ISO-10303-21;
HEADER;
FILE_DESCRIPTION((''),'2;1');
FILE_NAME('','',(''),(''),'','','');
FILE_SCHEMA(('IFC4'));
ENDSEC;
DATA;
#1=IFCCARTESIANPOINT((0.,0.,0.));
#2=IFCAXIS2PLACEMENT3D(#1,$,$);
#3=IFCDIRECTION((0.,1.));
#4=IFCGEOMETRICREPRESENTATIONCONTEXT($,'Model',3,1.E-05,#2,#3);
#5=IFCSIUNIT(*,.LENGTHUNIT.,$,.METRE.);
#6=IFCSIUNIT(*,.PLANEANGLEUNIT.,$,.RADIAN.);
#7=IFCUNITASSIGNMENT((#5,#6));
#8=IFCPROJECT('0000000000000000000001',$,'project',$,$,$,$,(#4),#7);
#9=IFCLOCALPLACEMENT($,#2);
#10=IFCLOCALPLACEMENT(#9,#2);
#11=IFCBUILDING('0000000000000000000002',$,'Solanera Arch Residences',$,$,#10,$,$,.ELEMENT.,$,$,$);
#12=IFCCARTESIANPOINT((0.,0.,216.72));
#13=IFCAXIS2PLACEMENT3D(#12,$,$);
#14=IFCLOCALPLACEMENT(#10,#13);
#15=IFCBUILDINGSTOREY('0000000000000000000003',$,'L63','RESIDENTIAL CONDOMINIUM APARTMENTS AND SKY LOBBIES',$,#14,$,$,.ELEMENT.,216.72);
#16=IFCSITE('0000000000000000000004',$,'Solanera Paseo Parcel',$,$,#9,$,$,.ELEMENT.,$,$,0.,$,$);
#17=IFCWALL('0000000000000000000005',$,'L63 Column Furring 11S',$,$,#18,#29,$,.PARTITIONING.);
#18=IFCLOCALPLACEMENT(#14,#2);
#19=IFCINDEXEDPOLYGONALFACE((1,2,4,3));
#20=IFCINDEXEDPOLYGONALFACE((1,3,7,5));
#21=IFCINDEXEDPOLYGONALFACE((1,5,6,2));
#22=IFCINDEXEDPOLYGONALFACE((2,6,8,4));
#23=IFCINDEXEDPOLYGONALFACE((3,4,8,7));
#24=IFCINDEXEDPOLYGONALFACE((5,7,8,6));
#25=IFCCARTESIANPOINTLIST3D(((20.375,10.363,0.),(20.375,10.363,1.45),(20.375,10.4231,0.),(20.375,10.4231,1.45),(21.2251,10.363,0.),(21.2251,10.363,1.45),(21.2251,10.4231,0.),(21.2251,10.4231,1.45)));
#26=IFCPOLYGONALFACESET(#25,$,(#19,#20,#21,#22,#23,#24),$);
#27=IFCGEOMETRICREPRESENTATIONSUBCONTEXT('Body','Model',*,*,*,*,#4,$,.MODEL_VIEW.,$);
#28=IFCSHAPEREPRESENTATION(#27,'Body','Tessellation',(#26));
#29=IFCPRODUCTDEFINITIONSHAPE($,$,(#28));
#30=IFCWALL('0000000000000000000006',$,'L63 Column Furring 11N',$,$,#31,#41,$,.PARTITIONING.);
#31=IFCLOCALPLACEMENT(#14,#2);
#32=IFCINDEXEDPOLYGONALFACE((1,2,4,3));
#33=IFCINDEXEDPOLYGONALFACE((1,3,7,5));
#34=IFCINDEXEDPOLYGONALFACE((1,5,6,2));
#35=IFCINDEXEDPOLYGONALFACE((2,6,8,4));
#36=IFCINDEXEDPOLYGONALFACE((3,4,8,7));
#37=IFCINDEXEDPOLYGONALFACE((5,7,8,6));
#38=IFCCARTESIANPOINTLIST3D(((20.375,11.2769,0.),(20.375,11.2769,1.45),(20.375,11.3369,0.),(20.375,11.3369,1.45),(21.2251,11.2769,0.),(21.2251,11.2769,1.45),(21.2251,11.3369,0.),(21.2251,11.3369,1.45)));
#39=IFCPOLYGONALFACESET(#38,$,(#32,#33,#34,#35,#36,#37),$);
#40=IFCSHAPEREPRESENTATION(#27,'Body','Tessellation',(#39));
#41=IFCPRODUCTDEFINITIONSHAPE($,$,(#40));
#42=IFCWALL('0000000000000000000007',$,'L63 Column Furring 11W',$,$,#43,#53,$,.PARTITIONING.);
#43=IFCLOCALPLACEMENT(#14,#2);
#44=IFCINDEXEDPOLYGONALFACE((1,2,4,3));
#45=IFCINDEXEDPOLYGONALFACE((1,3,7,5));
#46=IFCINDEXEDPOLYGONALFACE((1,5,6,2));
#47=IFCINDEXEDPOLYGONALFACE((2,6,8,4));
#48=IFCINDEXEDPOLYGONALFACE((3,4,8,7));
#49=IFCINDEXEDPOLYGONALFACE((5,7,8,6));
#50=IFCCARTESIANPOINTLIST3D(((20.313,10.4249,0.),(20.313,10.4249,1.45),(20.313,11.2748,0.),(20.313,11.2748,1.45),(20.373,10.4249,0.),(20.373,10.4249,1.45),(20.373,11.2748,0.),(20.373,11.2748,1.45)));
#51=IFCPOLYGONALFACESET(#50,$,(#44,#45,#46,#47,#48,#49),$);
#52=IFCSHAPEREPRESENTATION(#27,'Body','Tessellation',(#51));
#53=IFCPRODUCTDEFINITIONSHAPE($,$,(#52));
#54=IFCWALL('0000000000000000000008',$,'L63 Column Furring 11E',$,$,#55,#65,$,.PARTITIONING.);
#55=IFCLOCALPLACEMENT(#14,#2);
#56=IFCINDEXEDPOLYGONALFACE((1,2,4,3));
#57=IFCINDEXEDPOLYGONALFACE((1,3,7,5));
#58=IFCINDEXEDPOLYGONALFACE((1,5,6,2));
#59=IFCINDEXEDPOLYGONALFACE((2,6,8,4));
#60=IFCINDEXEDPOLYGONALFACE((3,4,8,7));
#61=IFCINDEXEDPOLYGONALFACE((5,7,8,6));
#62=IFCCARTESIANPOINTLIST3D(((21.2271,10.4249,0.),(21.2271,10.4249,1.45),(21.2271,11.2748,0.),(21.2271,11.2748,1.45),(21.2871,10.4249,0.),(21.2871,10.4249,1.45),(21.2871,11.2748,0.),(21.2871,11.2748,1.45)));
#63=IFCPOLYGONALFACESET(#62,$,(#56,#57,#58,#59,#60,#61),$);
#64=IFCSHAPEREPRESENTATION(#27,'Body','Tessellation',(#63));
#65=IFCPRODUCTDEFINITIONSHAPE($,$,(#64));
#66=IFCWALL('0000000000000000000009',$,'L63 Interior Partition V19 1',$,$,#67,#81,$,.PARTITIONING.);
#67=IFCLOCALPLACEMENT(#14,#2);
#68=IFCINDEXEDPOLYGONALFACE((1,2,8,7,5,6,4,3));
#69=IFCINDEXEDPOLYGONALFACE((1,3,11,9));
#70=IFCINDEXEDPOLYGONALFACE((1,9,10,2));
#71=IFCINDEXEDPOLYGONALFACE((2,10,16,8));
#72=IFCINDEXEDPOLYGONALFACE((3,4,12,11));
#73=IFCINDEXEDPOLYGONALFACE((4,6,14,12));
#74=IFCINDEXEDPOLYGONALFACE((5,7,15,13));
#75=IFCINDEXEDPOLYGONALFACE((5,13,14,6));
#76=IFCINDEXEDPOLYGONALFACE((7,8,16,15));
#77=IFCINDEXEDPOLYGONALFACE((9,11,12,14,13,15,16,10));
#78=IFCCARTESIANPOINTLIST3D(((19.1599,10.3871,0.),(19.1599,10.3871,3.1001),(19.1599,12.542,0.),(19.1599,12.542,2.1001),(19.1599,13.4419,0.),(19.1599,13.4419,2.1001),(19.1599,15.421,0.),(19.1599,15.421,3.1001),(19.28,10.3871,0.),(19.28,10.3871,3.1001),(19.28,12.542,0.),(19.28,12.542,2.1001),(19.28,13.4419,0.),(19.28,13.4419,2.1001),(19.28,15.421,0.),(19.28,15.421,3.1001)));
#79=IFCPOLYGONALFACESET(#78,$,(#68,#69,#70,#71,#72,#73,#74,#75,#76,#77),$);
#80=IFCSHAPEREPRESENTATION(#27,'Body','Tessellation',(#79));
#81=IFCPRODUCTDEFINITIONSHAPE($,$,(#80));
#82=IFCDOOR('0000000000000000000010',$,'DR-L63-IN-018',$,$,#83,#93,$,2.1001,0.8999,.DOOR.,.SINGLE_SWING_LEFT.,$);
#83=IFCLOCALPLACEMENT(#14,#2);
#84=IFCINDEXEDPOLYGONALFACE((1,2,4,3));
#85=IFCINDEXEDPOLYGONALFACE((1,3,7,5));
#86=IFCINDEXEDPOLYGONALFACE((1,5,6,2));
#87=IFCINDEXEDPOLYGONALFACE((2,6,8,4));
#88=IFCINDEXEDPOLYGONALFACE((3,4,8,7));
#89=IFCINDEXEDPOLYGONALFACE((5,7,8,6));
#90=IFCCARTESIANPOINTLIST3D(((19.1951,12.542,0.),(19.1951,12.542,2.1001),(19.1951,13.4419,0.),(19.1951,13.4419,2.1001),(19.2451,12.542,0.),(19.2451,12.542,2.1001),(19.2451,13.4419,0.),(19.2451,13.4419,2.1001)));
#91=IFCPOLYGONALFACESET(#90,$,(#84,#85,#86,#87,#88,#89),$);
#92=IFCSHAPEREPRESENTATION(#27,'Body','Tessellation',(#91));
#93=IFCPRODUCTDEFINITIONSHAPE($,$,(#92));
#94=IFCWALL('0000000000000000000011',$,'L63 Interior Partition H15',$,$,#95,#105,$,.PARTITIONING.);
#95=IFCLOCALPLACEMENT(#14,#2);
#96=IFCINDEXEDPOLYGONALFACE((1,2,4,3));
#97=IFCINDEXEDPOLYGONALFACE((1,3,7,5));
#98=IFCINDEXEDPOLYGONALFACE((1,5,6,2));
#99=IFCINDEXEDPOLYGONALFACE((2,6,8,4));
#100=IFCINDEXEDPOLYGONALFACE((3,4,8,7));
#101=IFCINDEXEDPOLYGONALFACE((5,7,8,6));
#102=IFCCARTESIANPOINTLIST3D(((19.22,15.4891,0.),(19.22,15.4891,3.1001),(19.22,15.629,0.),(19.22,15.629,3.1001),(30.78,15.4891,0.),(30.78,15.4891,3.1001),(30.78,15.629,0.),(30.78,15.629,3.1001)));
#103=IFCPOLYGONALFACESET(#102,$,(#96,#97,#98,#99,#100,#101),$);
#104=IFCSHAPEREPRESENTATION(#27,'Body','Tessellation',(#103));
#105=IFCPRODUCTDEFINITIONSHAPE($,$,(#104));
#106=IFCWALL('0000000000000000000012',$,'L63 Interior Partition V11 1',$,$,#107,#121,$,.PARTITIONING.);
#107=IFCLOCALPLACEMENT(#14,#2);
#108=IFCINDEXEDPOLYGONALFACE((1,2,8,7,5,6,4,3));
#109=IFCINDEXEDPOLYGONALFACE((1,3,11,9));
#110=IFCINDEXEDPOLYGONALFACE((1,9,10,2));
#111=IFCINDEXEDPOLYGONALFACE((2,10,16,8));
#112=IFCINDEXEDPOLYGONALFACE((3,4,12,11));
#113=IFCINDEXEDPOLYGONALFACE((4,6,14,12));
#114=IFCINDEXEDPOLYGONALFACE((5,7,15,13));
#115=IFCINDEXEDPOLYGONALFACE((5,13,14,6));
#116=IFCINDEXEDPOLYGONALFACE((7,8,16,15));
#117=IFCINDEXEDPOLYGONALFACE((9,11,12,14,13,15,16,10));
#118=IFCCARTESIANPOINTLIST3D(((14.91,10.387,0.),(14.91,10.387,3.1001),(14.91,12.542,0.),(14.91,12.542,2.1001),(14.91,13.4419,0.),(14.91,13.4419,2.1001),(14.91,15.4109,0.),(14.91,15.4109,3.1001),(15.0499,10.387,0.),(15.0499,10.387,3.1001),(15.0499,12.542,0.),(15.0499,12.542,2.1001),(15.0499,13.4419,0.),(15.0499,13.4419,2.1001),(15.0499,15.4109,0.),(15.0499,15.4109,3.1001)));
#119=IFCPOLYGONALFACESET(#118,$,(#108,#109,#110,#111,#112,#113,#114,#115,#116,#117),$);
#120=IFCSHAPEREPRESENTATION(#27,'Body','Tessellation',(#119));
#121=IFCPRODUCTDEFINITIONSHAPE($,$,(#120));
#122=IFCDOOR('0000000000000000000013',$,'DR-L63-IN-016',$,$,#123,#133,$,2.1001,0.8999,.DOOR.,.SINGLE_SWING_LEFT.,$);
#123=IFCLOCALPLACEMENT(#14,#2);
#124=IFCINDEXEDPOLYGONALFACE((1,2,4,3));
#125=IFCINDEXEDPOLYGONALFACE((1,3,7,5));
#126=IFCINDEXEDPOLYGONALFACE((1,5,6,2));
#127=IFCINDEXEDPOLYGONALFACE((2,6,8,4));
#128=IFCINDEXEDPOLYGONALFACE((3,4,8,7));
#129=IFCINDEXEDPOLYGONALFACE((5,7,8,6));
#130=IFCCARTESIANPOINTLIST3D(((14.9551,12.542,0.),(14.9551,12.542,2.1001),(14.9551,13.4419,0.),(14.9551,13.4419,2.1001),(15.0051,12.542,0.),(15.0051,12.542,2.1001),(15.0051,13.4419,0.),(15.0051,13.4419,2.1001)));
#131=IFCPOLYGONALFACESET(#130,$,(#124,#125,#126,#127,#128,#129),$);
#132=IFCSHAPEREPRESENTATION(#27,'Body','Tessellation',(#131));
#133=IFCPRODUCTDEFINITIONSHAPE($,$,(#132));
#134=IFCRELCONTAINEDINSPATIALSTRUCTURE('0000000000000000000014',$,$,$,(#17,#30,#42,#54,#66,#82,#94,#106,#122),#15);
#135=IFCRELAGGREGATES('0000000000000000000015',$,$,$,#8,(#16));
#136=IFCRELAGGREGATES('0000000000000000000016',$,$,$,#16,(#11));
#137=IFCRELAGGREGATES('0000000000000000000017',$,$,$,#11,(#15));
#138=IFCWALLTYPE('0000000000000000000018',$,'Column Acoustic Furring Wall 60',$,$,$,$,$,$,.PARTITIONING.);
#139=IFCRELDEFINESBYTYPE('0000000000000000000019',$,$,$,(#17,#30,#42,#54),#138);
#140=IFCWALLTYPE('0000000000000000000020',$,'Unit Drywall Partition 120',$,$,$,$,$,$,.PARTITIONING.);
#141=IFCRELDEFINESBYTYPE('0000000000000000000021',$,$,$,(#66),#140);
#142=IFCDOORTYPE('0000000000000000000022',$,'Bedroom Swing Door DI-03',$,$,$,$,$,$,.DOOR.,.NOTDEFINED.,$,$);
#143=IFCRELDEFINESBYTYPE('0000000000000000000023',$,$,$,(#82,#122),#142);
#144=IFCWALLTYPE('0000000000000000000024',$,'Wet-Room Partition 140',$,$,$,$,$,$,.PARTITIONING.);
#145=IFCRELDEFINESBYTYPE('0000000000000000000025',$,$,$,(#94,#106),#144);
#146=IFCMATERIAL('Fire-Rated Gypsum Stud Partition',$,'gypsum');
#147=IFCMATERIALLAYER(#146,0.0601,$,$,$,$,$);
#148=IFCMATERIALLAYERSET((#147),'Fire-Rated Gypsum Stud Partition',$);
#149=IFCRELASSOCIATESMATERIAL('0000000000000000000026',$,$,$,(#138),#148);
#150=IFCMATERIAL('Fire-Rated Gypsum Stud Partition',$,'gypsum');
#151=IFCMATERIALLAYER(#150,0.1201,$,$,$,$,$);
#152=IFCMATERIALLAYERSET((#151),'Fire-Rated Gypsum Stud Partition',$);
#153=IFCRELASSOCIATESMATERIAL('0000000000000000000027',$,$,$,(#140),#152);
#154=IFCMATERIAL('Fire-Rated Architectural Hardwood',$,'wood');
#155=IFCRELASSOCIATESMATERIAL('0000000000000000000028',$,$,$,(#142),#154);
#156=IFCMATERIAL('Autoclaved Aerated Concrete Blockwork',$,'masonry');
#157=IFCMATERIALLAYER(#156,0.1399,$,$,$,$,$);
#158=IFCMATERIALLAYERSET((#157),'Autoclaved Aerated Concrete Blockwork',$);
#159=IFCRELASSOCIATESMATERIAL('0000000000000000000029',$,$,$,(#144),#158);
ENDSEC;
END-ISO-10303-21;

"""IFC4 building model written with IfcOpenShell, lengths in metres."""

from ifc_helpers import new_model, si_unit, direction, frame, frame_2d, origin, place, context, subcontext, project, spatial, rectangle, extrude, material, layer, layer_set, type_object, element, fill, save


model = new_model("IFC4")

# Units and contexts
model_context = context("Model", 3, precision=1e-05, world=origin(), true_north=direction((0.0, 1.0)))
body_context = subcontext(model_context, "Body", "Model", "MODEL_VIEW")
ifc_project = project(units=[si_unit("LENGTHUNIT", "METRE"), si_unit("PLANEANGLEUNIT", "RADIAN")], contexts=[model_context])

# Site, building, storey
site_placement = place(None, origin())
site = spatial("IfcSite", under=ifc_project, at=site_placement, Name="Solanera Paseo Parcel", CompositionType="ELEMENT", RefElevation=0.0)
building_placement = place(site_placement, origin())
building = spatial("IfcBuilding", under=site, at=building_placement, Name="Solanera Arch Residences", CompositionType="ELEMENT")
storey_placement = place(building_placement, frame((0.0, 0.0, 216.72)))
storey = spatial("IfcBuildingStorey", under=building, at=storey_placement, Name="L63", Description="RESIDENTIAL CONDOMINIUM APARTMENTS AND SKY LOBBIES", CompositionType="ELEMENT", Elevation=216.72)

# Walls
ifc_material_1 = material(Name="Fire-Rated Gypsum Stud Partition", Category="gypsum")
ifc_layer_1 = layer(ifc_material_1, 0.0601)
ifc_layer_set_1 = layer_set([ifc_layer_1], Name="Fire-Rated Gypsum Stud Partition")
wall_type_1 = type_object("IfcWallType", Name="Column Acoustic Furring Wall 60", PredefinedType="PARTITIONING", material=ifc_layer_set_1)
for number, where, z_axis, x_axis, name in (
    (1, (20.375, 10.3931, 0.0), (0.0, 0.0, 1.0), (1.0, 0.0, 0.0), "L63 Column Furring 11S"),
    (2, (20.375, 11.3069, 0.0), (0.0, 0.0, 1.0), (1.0, 0.0, 0.0), "L63 Column Furring 11N"),
):
    element("IfcWall", number, at=place(storey_placement, frame(where, z_axis=z_axis, x_axis=x_axis)), inside=storey, type_object=wall_type_1, Name=name, PredefinedType="PARTITIONING", context=body_context, shape_type="SweptSolid", body=[
        extrude(rectangle(XDim=0.8501, YDim=0.0601, at=frame_2d((0.425, 0.0))), origin(), (0.0, 0.0, 1.0), 1.45),
    ])
for number, where, z_axis, x_axis, name in (
    (3, (20.343, 10.425, 0.0), (0.0, 0.0, 1.0), (0.0, 1.0, 0.0), "L63 Column Furring 11W"),
    (4, (21.2571, 10.425, 0.0), (0.0, 0.0, 1.0), (0.0, 1.0, 0.0), "L63 Column Furring 11E"),
):
    element("IfcWall", number, at=place(storey_placement, frame(where, z_axis=z_axis, x_axis=x_axis)), inside=storey, type_object=wall_type_1, Name=name, PredefinedType="PARTITIONING", context=body_context, shape_type="SweptSolid", body=[
        extrude(rectangle(XDim=0.8499, YDim=0.0601, at=frame_2d((0.4248, 0.0))), origin(), (0.0, 0.0, 1.0), 1.45),
    ])

# Wall, opening, door
ifc_material_2 = material(Name="Fire-Rated Gypsum Stud Partition", Category="gypsum")
ifc_layer_2 = layer(ifc_material_2, 0.1201)
ifc_layer_set_2 = layer_set([ifc_layer_2], Name="Fire-Rated Gypsum Stud Partition")
wall_type_2 = type_object("IfcWallType", Name="Unit Drywall Partition 120", PredefinedType="PARTITIONING", material=ifc_layer_set_2)
wall_1_placement = place(storey_placement, frame((19.22, 10.387, 0.0), z_axis=(0.0, 0.0, 1.0), x_axis=(0.0, 1.0, 0.0)))
wall_1 = element("IfcWall", 5, at=wall_1_placement, inside=storey, type_object=wall_type_2, Name="L63 Interior Partition V19 1", PredefinedType="PARTITIONING", context=body_context, shape_type="SweptSolid", body=[
    extrude(rectangle(XDim=5.0339, YDim=0.1201, at=frame_2d((2.5171, 0.0))), origin(), (0.0, 0.0, 1.0), 3.1001),
])
opening_1_placement = place(wall_1_placement, frame((2.155, 0.0, 0.0)))
opening_1 = element("IfcOpeningElement", 6, at=opening_1_placement, cuts=wall_1, PredefinedType="OPENING", context=body_context, shape_type="SweptSolid", body=[
    extrude(rectangle(XDim=0.8999, YDim=2.1001, at=frame_2d((0.45, 1.05))), frame((0.0, 0.0701, 0.0), z_axis=(0.0, -1.0, 0.0), x_axis=(1.0, 0.0, 0.0)), (0.0, 0.0, 1.0), 0.1401),
])
ifc_material_3 = material(Name="Fire-Rated Architectural Hardwood", Category="wood")
door_type = type_object("IfcDoorType", Name="Bedroom Swing Door DI-03", OperationType="NOTDEFINED", PredefinedType="DOOR", material=ifc_material_3)
door_1_placement = place(opening_1_placement, origin())
door_1 = element("IfcDoor", 7, at=door_1_placement, inside=storey, type_object=door_type, Name="DR-L63-IN-018", OperationType="SINGLE_SWING_LEFT", OverallHeight=2.1001, OverallWidth=0.8999, PredefinedType="DOOR", context=body_context, shape_type="SweptSolid", body=[
    extrude(rectangle(XDim=0.8999, YDim=2.1001, at=frame_2d((0.45, 1.05))), frame((0.0, 0.0249, 0.0), z_axis=(0.0, -1.0, 0.0), x_axis=(1.0, 0.0, 0.0)), (0.0, 0.0, 1.0), 0.05),
])
fill(opening_1, door_1)

# Wall
ifc_material_4 = material(Name="Autoclaved Aerated Concrete Blockwork", Category="masonry")
ifc_layer_3 = layer(ifc_material_4, 0.1399)
ifc_layer_set_3 = layer_set([ifc_layer_3], Name="Autoclaved Aerated Concrete Blockwork")
wall_type_3 = type_object("IfcWallType", Name="Wet-Room Partition 140", PredefinedType="PARTITIONING", material=ifc_layer_set_3)
wall_2_placement = place(storey_placement, frame((19.22, 15.5591, 0.0), z_axis=(0.0, 0.0, 1.0), x_axis=(1.0, 0.0, 0.0)))
element("IfcWall", 8, at=wall_2_placement, inside=storey, type_object=wall_type_3, Name="L63 Interior Partition H15", PredefinedType="PARTITIONING", context=body_context, shape_type="SweptSolid", body=[
    extrude(rectangle(XDim=11.5601, YDim=0.1399, at=frame_2d((5.78, 0.0))), origin(), (0.0, 0.0, 1.0), 3.1001),
])

# Wall, opening, door
wall_3_placement = place(storey_placement, frame((14.98, 10.387, 0.0), z_axis=(0.0, 0.0, 1.0), x_axis=(0.0, 1.0, 0.0)))
wall_3 = element("IfcWall", 9, at=wall_3_placement, inside=storey, type_object=wall_type_3, Name="L63 Interior Partition V11 1", PredefinedType="PARTITIONING", context=body_context, shape_type="SweptSolid", body=[
    extrude(rectangle(XDim=5.0239, YDim=0.1399, at=frame_2d((2.512, 0.0))), origin(), (0.0, 0.0, 1.0), 3.1001),
])
opening_2_placement = place(wall_3_placement, frame((2.155, 0.0, 0.0)))
opening_2 = element("IfcOpeningElement", 10, at=opening_2_placement, cuts=wall_3, PredefinedType="OPENING", context=body_context, shape_type="SweptSolid", body=[
    extrude(rectangle(XDim=0.8999, YDim=2.1001, at=frame_2d((0.45, 1.05))), frame((0.0, 0.0798, 0.0), z_axis=(0.0, -1.0, 0.0), x_axis=(1.0, 0.0, 0.0)), (0.0, 0.0, 1.0), 0.1599),
])
door_2_placement = place(opening_2_placement, origin())
door_2 = element("IfcDoor", 11, at=door_2_placement, inside=storey, type_object=door_type, Name="DR-L63-IN-016", OperationType="SINGLE_SWING_LEFT", OverallHeight=2.1001, OverallWidth=0.8999, PredefinedType="DOOR", context=body_context, shape_type="SweptSolid", body=[
    extrude(rectangle(XDim=0.8999, YDim=2.1001, at=frame_2d((0.45, 1.05))), frame((0.0, 0.0249, 0.0), z_axis=(0.0, -1.0, 0.0), x_axis=(1.0, 0.0, 0.0)), (0.0, 0.0, 1.0), 0.05),
])
fill(opening_2, door_2)

save(model, "model.ifc")
